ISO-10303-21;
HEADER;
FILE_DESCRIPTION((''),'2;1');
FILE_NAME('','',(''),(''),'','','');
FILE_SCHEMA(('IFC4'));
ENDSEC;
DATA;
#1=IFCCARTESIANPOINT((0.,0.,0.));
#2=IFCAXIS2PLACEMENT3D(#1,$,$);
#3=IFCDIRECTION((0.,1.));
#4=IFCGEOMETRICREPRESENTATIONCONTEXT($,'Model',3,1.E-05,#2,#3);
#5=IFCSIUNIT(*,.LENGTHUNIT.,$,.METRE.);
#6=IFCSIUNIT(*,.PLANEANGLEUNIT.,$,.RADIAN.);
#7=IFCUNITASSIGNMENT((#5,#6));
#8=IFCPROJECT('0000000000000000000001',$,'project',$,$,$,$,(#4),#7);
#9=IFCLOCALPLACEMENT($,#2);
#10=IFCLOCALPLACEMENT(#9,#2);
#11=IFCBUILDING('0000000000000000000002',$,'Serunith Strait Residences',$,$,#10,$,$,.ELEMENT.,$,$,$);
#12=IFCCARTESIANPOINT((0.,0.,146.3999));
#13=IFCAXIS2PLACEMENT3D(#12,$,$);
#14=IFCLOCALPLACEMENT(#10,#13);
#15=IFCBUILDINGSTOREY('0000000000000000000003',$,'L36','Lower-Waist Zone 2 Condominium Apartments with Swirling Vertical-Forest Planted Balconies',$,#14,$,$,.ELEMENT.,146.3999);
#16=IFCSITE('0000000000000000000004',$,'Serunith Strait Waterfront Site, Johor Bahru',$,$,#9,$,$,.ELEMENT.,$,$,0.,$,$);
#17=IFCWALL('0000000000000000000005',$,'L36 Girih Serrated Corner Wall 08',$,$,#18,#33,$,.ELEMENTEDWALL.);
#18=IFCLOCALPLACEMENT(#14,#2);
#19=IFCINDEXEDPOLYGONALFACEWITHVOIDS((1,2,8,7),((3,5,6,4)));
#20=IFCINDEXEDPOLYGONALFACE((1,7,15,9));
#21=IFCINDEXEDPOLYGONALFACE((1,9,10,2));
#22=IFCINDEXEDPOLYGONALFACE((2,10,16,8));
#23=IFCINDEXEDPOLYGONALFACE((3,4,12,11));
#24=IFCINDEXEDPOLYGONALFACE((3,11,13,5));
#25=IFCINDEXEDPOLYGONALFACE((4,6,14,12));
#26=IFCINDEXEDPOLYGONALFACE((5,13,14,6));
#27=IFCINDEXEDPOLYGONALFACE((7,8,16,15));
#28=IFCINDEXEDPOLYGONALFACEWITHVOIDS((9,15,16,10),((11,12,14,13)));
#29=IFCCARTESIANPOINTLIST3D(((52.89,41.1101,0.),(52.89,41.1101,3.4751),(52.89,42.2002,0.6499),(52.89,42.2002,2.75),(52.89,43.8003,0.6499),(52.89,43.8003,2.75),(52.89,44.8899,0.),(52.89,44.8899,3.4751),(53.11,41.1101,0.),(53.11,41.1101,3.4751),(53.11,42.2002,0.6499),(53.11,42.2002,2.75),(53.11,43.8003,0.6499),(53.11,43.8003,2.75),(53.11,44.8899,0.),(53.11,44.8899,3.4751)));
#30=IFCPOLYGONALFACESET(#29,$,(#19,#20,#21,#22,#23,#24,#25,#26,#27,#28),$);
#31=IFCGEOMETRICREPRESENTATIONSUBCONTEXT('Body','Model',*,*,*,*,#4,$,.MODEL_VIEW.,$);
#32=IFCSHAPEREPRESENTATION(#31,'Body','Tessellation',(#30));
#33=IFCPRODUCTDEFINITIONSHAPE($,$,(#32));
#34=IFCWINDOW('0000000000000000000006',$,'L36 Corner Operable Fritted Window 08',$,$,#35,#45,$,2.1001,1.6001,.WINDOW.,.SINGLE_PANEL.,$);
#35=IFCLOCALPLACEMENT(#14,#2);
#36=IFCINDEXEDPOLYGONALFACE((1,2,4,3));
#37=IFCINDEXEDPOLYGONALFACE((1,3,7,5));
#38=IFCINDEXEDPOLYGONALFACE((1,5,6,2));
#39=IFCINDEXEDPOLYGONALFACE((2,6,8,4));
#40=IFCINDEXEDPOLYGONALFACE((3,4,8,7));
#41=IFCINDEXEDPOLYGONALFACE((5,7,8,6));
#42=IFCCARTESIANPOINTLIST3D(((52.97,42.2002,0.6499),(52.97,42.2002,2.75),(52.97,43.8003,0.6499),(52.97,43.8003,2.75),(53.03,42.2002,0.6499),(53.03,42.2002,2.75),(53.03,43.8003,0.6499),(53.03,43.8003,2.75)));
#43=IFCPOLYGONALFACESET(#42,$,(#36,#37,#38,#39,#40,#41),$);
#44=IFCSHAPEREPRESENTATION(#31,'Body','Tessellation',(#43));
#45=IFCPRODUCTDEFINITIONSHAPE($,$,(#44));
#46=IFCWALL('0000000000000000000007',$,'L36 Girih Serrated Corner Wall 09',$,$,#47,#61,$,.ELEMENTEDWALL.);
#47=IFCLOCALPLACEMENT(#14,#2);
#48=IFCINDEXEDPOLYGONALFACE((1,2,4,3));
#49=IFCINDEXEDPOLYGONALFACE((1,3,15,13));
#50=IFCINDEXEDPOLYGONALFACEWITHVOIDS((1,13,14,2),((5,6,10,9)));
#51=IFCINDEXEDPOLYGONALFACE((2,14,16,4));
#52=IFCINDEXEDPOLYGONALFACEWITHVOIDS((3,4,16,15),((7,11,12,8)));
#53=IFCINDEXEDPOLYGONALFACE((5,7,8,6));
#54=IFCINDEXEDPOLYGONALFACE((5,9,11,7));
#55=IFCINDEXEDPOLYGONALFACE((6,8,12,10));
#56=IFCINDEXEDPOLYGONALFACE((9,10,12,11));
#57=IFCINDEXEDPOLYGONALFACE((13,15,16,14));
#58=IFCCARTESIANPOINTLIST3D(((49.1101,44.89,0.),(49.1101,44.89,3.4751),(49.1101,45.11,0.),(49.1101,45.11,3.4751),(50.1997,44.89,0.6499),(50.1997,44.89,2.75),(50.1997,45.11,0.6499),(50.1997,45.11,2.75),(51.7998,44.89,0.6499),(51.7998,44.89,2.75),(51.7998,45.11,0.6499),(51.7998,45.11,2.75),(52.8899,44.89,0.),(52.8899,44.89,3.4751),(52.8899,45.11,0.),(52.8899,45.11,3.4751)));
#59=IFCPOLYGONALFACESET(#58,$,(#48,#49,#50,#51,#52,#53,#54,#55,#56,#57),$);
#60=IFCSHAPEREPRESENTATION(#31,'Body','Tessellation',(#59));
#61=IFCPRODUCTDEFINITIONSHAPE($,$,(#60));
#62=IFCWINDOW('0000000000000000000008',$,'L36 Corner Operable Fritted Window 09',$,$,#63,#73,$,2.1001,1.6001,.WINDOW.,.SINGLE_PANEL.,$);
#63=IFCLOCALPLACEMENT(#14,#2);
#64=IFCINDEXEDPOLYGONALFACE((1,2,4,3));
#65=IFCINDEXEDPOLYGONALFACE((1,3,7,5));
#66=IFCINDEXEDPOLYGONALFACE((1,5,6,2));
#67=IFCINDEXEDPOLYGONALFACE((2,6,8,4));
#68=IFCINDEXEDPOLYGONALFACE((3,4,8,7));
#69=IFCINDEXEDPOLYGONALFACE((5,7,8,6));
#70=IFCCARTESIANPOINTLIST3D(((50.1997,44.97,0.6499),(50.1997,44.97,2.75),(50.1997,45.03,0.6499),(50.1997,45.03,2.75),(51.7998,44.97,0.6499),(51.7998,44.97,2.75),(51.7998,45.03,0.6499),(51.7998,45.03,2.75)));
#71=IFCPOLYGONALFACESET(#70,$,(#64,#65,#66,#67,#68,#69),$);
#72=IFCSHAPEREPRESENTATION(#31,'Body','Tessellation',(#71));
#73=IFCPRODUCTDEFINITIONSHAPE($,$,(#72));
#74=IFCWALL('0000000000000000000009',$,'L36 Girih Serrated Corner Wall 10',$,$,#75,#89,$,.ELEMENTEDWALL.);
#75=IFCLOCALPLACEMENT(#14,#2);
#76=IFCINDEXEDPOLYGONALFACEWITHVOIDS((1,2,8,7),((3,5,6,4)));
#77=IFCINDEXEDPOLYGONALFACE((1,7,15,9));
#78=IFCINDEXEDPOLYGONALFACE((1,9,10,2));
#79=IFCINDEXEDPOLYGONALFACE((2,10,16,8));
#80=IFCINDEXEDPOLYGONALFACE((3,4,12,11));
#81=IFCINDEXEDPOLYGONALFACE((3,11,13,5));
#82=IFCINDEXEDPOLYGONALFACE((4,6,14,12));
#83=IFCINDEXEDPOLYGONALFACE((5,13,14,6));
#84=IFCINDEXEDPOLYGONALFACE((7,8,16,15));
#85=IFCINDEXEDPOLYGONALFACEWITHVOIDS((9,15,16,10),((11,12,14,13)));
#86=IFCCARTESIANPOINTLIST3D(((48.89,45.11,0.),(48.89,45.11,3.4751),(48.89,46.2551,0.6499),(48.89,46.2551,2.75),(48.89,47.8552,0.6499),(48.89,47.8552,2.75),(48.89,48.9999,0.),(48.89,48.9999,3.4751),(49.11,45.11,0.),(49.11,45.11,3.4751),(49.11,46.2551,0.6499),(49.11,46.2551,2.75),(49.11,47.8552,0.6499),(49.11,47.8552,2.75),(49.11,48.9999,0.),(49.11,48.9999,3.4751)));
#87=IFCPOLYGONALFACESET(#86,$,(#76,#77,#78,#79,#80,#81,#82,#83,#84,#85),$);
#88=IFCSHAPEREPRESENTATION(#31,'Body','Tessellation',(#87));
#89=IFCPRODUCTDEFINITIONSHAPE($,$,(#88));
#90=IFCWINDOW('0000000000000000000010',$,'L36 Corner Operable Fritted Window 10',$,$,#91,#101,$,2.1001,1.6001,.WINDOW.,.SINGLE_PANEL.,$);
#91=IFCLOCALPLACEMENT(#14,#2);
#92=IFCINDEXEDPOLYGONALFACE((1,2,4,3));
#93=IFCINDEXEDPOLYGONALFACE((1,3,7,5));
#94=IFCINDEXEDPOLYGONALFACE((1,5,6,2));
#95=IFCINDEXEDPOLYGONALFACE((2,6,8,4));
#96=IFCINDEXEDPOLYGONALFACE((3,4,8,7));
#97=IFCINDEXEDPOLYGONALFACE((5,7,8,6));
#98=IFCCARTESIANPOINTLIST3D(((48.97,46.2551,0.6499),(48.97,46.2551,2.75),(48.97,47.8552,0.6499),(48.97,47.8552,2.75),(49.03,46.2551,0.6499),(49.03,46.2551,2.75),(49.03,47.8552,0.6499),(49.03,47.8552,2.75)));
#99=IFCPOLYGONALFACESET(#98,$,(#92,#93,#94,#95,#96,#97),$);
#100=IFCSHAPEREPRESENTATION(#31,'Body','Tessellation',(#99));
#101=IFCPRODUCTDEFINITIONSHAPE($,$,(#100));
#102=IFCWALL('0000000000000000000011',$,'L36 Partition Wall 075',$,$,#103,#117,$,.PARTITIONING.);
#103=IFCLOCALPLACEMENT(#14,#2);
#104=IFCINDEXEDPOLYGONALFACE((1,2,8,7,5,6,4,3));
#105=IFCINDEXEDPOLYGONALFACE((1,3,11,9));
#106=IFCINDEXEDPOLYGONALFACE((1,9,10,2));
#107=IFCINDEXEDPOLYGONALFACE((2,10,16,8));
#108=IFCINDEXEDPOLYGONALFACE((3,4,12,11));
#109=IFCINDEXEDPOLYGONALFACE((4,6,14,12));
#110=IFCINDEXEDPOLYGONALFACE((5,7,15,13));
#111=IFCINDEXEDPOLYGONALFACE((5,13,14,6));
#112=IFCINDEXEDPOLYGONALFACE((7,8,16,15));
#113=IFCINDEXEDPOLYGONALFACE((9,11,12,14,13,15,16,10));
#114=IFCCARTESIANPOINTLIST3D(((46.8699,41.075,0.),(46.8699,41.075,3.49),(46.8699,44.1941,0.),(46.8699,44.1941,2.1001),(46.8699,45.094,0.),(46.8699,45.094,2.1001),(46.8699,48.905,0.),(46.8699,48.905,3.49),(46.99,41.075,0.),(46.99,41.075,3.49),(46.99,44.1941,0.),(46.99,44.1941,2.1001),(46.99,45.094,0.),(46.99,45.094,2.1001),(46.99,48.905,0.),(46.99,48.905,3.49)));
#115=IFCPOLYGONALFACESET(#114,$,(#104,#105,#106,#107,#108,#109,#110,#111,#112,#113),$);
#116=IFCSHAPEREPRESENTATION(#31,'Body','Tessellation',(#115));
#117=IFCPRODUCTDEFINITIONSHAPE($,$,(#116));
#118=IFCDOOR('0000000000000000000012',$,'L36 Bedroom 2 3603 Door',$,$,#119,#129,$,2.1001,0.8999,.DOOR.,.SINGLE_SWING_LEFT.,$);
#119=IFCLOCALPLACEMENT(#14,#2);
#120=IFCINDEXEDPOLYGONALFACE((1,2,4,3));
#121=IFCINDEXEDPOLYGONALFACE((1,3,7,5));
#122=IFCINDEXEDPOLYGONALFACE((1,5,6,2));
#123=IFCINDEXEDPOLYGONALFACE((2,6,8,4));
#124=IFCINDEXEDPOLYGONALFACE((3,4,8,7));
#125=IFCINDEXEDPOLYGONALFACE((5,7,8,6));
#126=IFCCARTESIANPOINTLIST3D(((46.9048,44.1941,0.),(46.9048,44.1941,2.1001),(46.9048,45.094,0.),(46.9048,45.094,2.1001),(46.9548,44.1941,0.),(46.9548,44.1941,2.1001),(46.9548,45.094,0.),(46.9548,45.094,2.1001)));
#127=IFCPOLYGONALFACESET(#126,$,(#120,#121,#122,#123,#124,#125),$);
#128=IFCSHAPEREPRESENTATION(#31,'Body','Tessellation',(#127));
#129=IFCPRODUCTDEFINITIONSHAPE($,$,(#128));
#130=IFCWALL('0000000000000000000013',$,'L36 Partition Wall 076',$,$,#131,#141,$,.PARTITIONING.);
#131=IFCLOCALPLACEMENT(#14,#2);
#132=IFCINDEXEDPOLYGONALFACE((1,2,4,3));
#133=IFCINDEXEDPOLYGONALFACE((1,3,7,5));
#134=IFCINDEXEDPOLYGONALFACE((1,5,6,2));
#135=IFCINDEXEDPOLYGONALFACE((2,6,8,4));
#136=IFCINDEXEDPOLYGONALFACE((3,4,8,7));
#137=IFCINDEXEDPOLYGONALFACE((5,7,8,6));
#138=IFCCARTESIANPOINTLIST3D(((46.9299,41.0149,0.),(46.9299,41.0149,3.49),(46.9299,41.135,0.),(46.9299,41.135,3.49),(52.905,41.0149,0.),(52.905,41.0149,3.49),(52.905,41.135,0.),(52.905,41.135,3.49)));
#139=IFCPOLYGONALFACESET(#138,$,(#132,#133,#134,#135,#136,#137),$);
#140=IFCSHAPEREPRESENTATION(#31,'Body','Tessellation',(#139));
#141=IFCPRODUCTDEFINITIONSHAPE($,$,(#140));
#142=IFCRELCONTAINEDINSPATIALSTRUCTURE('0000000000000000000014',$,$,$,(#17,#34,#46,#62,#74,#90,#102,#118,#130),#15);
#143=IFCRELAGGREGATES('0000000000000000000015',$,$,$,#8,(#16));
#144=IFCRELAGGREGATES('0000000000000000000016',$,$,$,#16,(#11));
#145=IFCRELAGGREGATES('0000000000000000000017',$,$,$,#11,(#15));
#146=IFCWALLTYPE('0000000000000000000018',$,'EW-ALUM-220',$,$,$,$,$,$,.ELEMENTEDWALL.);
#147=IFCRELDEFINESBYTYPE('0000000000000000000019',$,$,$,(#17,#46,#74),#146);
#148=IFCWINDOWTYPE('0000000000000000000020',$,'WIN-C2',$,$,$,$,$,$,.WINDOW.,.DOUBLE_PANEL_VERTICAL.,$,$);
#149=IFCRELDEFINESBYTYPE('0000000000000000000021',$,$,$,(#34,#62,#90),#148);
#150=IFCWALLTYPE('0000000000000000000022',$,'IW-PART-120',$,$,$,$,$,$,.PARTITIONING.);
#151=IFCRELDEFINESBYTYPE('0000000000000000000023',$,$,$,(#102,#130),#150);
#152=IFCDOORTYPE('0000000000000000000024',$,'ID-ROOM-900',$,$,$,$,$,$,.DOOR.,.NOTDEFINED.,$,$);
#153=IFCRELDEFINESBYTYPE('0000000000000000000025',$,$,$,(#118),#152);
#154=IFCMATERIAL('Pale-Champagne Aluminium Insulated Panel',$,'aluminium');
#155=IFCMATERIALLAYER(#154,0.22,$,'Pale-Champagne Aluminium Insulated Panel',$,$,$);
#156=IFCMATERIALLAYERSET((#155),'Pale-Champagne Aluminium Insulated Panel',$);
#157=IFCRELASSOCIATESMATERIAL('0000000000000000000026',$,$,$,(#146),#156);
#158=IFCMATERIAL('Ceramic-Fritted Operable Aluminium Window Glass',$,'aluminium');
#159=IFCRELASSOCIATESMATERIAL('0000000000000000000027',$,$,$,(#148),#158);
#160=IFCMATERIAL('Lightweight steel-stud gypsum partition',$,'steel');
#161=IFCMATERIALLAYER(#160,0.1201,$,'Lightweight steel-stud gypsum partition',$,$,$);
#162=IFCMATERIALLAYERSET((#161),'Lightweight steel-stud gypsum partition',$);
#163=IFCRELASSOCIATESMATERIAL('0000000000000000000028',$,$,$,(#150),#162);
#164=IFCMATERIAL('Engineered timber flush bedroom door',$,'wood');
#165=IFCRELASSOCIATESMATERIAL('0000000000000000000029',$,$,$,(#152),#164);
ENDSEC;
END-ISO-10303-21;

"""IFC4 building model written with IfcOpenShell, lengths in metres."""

from ifc_helpers import new_model, si_unit, direction, frame, frame_2d, origin, place, context, subcontext, project, spatial, rectangle, extrude, source, transform, mapped, material, layer, layer_set, type_object, element, fill, save


model = new_model("IFC4")

# Units and contexts
model_context = context("Model", 3, precision=1e-05, world=origin(), true_north=direction((0.0, 1.0)))
body_context = subcontext(model_context, "Body", "Model", "MODEL_VIEW")
ifc_project = project(units=[si_unit("LENGTHUNIT", "METRE"), si_unit("PLANEANGLEUNIT", "RADIAN")], contexts=[model_context])

# Site, building, storey
site_placement = place(None, origin())
site = spatial("IfcSite", under=ifc_project, at=site_placement, Name="Serunith Strait Waterfront Site, Johor Bahru", CompositionType="ELEMENT", RefElevation=0.0)
building_placement = place(site_placement, origin())
building = spatial("IfcBuilding", under=site, at=building_placement, Name="Serunith Strait Residences", CompositionType="ELEMENT")
storey_placement = place(building_placement, frame((0.0, 0.0, 146.3999)))
storey = spatial("IfcBuildingStorey", under=building, at=storey_placement, Name="L36", Description="Lower-Waist Zone 2 Condominium Apartments with Swirling Vertical-Forest Planted Balconies", CompositionType="ELEMENT", Elevation=146.3999)

# Walls, openings, windows
ifc_material_1 = material(Name="Pale-Champagne Aluminium Insulated Panel", Category="aluminium")
ifc_layer_1 = layer(ifc_material_1, 0.22, Name="Pale-Champagne Aluminium Insulated Panel")
ifc_layer_set_1 = layer_set([ifc_layer_1], Name="Pale-Champagne Aluminium Insulated Panel")
wall_type_1 = type_object("IfcWallType", Name="EW-ALUM-220", PredefinedType="ELEMENTEDWALL", material=ifc_layer_set_1)
ifc_material_2 = material(Name="Ceramic-Fritted Operable Aluminium Window Glass", Category="aluminium")
window_type = type_object("IfcWindowType", Name="WIN-C2", PartitioningType="DOUBLE_PANEL_VERTICAL", PredefinedType="WINDOW", material=ifc_material_2)
shared_shape_1 = source(origin(), body_context, "Body", "SweptSolid", [
    extrude(rectangle(XDim=1.6001, YDim=2.1001, at=frame_2d((0.8, 1.05))), frame((0.0, 0.03, 0.0), z_axis=(0.0, -1.0, 0.0), x_axis=(1.0, 0.0, 0.0)), (0.0, 0.0, 1.0), 0.0601),
])
wall_1_placement = place(storey_placement, frame((53.0, 41.1101, 0.0), z_axis=(0.0, 0.0, 1.0), x_axis=(0.0, 1.0, 0.0)))
wall_1 = element("IfcWall", 1, at=wall_1_placement, inside=storey, type_object=wall_type_1, Name="L36 Girih Serrated Corner Wall 08", PredefinedType="ELEMENTEDWALL", context=body_context, shape_type="SweptSolid", body=[
    extrude(rectangle(XDim=3.7798, YDim=0.22, at=frame_2d((1.8899, 0.0))), origin(), (0.0, 0.0, 1.0), 3.4751),
])
opening_1_placement = place(wall_1_placement, frame((1.0901, 0.0, 0.6499)))
opening_1 = element("IfcOpeningElement", 2, at=opening_1_placement, cuts=wall_1, PredefinedType="OPENING", context=body_context, shape_type="SweptSolid", body=[
    extrude(rectangle(XDim=1.6001, YDim=2.1001, at=frame_2d((0.8, 1.05))), frame((0.0, 0.1201, 0.0), z_axis=(0.0, -1.0, 0.0), x_axis=(1.0, 0.0, 0.0)), (0.0, 0.0, 1.0), 0.24),
])
window_1_placement = place(opening_1_placement, origin())
window_1 = element("IfcWindow", 3, at=window_1_placement, inside=storey, type_object=window_type, Name="L36 Corner Operable Fritted Window 08", OverallHeight=2.1001, OverallWidth=1.6001, PartitioningType="SINGLE_PANEL", PredefinedType="WINDOW", context=body_context, shape_type="MappedRepresentation", body=[
    mapped(shared_shape_1, transform((0.0, 0.0, 0.0), scale=1.0)),
])
fill(opening_1, window_1)
wall_2_placement = place(storey_placement, frame((52.8899, 45.0, 0.0), z_axis=(0.0, 0.0, 1.0), x_axis=(-1.0, 0.0, 0.0)))
wall_2 = element("IfcWall", 4, at=wall_2_placement, inside=storey, type_object=wall_type_1, Name="L36 Girih Serrated Corner Wall 09", PredefinedType="ELEMENTEDWALL", context=body_context, shape_type="SweptSolid", body=[
    extrude(rectangle(XDim=3.7798, YDim=0.22, at=frame_2d((1.8899, 0.0))), origin(), (0.0, 0.0, 1.0), 3.4751),
])
opening_2_placement = place(wall_2_placement, frame((1.0901, 0.0, 0.6499)))
opening_2 = element("IfcOpeningElement", 5, at=opening_2_placement, cuts=wall_2, PredefinedType="OPENING", context=body_context, shape_type="SweptSolid", body=[
    extrude(rectangle(XDim=1.6001, YDim=2.1001, at=frame_2d((0.8, 1.05))), frame((0.0, 0.1201, 0.0), z_axis=(0.0, -1.0, 0.0), x_axis=(1.0, 0.0, 0.0)), (0.0, 0.0, 1.0), 0.24),
])
window_2_placement = place(opening_2_placement, origin())
window_2 = element("IfcWindow", 6, at=window_2_placement, inside=storey, type_object=window_type, Name="L36 Corner Operable Fritted Window 09", OverallHeight=2.1001, OverallWidth=1.6001, PartitioningType="SINGLE_PANEL", PredefinedType="WINDOW", context=body_context, shape_type="MappedRepresentation", body=[
    mapped(shared_shape_1, transform((0.0, 0.0, 0.0), scale=1.0)),
])
fill(opening_2, window_2)
wall_3_placement = place(storey_placement, frame((49.0, 45.1101, 0.0), z_axis=(0.0, 0.0, 1.0), x_axis=(0.0, 1.0, 0.0)))
wall_3 = element("IfcWall", 7, at=wall_3_placement, inside=storey, type_object=wall_type_1, Name="L36 Girih Serrated Corner Wall 10", PredefinedType="ELEMENTEDWALL", context=body_context, shape_type="SweptSolid", body=[
    extrude(rectangle(XDim=3.8899, YDim=0.22, at=frame_2d((1.9448, 0.0))), origin(), (0.0, 0.0, 1.0), 3.4751),
])
opening_3_placement = place(wall_3_placement, frame((1.145, 0.0, 0.6499)))
opening_3 = element("IfcOpeningElement", 8, at=opening_3_placement, cuts=wall_3, PredefinedType="OPENING", context=body_context, shape_type="SweptSolid", body=[
    extrude(rectangle(XDim=1.6001, YDim=2.1001, at=frame_2d((0.8, 1.05))), frame((0.0, 0.1201, 0.0), z_axis=(0.0, -1.0, 0.0), x_axis=(1.0, 0.0, 0.0)), (0.0, 0.0, 1.0), 0.24),
])
window_3_placement = place(opening_3_placement, origin())
window_3 = element("IfcWindow", 9, at=window_3_placement, inside=storey, type_object=window_type, Name="L36 Corner Operable Fritted Window 10", OverallHeight=2.1001, OverallWidth=1.6001, PartitioningType="SINGLE_PANEL", PredefinedType="WINDOW", context=body_context, shape_type="MappedRepresentation", body=[
    mapped(shared_shape_1, transform((0.0, 0.0, 0.0), scale=1.0)),
])
fill(opening_3, window_3)

# Wall, opening, door
ifc_material_3 = material(Name="Lightweight steel-stud gypsum partition", Category="steel")
ifc_layer_2 = layer(ifc_material_3, 0.1201, Name="Lightweight steel-stud gypsum partition")
ifc_layer_set_2 = layer_set([ifc_layer_2], Name="Lightweight steel-stud gypsum partition")
wall_type_2 = type_object("IfcWallType", Name="IW-PART-120", PredefinedType="PARTITIONING", material=ifc_layer_set_2)
wall_4_placement = place(storey_placement, frame((46.9299, 48.905, 0.0), z_axis=(0.0, 0.0, 1.0), x_axis=(0.0, -1.0, 0.0)))
wall_4 = element("IfcWall", 10, at=wall_4_placement, inside=storey, type_object=wall_type_2, Name="L36 Partition Wall 075", PredefinedType="PARTITIONING", context=body_context, shape_type="SweptSolid", body=[
    extrude(rectangle(XDim=7.8301, YDim=0.1201, at=frame_2d((3.915, 0.0))), origin(), (0.0, 0.0, 1.0), 3.49),
])
opening_4_placement = place(wall_4_placement, frame((3.811, 0.0, 0.0)))
opening_4 = element("IfcOpeningElement", 11, at=opening_4_placement, cuts=wall_4, PredefinedType="OPENING", context=body_context, shape_type="SweptSolid", body=[
    extrude(rectangle(XDim=0.8999, YDim=2.1001, at=frame_2d((0.45, 1.05))), frame((0.0, 0.0701, 0.0), z_axis=(0.0, -1.0, 0.0), x_axis=(1.0, 0.0, 0.0)), (0.0, 0.0, 1.0), 0.1401),
])
ifc_material_4 = material(Name="Engineered timber flush bedroom door", Category="wood")
door_type_1 = type_object("IfcDoorType", Name="ID-ROOM-900", OperationType="NOTDEFINED", PredefinedType="DOOR", material=ifc_material_4)
shared_shape_2 = source(origin(), body_context, "Body", "SweptSolid", [
    extrude(rectangle(XDim=0.8999, YDim=2.1001, at=frame_2d((0.45, 1.05))), frame((0.0, 0.0249, 0.0), z_axis=(0.0, -1.0, 0.0), x_axis=(1.0, 0.0, 0.0)), (0.0, 0.0, 1.0), 0.05),
])
door_1_placement = place(opening_4_placement, origin())
door_1 = element("IfcDoor", 12, at=door_1_placement, inside=storey, type_object=door_type_1, Name="L36 Bedroom 2 3603 Door", OperationType="SINGLE_SWING_LEFT", OverallHeight=2.1001, OverallWidth=0.8999, PredefinedType="DOOR", context=body_context, shape_type="MappedRepresentation", body=[
    mapped(shared_shape_2, transform((0.0, 0.0, 0.0), scale=1.0)),
])
fill(opening_4, door_1)

# Wall
wall_5_placement = place(storey_placement, frame((46.9299, 41.075, 0.0), z_axis=(0.0, 0.0, 1.0), x_axis=(1.0, 0.0, 0.0)))
element("IfcWall", 13, at=wall_5_placement, inside=storey, type_object=wall_type_2, Name="L36 Partition Wall 076", PredefinedType="PARTITIONING", context=body_context, shape_type="SweptSolid", body=[
    extrude(rectangle(XDim=5.9751, YDim=0.1201, at=frame_2d((2.9875, 0.0))), origin(), (0.0, 0.0, 1.0), 3.49),
])

save(model, "model.ifc")
